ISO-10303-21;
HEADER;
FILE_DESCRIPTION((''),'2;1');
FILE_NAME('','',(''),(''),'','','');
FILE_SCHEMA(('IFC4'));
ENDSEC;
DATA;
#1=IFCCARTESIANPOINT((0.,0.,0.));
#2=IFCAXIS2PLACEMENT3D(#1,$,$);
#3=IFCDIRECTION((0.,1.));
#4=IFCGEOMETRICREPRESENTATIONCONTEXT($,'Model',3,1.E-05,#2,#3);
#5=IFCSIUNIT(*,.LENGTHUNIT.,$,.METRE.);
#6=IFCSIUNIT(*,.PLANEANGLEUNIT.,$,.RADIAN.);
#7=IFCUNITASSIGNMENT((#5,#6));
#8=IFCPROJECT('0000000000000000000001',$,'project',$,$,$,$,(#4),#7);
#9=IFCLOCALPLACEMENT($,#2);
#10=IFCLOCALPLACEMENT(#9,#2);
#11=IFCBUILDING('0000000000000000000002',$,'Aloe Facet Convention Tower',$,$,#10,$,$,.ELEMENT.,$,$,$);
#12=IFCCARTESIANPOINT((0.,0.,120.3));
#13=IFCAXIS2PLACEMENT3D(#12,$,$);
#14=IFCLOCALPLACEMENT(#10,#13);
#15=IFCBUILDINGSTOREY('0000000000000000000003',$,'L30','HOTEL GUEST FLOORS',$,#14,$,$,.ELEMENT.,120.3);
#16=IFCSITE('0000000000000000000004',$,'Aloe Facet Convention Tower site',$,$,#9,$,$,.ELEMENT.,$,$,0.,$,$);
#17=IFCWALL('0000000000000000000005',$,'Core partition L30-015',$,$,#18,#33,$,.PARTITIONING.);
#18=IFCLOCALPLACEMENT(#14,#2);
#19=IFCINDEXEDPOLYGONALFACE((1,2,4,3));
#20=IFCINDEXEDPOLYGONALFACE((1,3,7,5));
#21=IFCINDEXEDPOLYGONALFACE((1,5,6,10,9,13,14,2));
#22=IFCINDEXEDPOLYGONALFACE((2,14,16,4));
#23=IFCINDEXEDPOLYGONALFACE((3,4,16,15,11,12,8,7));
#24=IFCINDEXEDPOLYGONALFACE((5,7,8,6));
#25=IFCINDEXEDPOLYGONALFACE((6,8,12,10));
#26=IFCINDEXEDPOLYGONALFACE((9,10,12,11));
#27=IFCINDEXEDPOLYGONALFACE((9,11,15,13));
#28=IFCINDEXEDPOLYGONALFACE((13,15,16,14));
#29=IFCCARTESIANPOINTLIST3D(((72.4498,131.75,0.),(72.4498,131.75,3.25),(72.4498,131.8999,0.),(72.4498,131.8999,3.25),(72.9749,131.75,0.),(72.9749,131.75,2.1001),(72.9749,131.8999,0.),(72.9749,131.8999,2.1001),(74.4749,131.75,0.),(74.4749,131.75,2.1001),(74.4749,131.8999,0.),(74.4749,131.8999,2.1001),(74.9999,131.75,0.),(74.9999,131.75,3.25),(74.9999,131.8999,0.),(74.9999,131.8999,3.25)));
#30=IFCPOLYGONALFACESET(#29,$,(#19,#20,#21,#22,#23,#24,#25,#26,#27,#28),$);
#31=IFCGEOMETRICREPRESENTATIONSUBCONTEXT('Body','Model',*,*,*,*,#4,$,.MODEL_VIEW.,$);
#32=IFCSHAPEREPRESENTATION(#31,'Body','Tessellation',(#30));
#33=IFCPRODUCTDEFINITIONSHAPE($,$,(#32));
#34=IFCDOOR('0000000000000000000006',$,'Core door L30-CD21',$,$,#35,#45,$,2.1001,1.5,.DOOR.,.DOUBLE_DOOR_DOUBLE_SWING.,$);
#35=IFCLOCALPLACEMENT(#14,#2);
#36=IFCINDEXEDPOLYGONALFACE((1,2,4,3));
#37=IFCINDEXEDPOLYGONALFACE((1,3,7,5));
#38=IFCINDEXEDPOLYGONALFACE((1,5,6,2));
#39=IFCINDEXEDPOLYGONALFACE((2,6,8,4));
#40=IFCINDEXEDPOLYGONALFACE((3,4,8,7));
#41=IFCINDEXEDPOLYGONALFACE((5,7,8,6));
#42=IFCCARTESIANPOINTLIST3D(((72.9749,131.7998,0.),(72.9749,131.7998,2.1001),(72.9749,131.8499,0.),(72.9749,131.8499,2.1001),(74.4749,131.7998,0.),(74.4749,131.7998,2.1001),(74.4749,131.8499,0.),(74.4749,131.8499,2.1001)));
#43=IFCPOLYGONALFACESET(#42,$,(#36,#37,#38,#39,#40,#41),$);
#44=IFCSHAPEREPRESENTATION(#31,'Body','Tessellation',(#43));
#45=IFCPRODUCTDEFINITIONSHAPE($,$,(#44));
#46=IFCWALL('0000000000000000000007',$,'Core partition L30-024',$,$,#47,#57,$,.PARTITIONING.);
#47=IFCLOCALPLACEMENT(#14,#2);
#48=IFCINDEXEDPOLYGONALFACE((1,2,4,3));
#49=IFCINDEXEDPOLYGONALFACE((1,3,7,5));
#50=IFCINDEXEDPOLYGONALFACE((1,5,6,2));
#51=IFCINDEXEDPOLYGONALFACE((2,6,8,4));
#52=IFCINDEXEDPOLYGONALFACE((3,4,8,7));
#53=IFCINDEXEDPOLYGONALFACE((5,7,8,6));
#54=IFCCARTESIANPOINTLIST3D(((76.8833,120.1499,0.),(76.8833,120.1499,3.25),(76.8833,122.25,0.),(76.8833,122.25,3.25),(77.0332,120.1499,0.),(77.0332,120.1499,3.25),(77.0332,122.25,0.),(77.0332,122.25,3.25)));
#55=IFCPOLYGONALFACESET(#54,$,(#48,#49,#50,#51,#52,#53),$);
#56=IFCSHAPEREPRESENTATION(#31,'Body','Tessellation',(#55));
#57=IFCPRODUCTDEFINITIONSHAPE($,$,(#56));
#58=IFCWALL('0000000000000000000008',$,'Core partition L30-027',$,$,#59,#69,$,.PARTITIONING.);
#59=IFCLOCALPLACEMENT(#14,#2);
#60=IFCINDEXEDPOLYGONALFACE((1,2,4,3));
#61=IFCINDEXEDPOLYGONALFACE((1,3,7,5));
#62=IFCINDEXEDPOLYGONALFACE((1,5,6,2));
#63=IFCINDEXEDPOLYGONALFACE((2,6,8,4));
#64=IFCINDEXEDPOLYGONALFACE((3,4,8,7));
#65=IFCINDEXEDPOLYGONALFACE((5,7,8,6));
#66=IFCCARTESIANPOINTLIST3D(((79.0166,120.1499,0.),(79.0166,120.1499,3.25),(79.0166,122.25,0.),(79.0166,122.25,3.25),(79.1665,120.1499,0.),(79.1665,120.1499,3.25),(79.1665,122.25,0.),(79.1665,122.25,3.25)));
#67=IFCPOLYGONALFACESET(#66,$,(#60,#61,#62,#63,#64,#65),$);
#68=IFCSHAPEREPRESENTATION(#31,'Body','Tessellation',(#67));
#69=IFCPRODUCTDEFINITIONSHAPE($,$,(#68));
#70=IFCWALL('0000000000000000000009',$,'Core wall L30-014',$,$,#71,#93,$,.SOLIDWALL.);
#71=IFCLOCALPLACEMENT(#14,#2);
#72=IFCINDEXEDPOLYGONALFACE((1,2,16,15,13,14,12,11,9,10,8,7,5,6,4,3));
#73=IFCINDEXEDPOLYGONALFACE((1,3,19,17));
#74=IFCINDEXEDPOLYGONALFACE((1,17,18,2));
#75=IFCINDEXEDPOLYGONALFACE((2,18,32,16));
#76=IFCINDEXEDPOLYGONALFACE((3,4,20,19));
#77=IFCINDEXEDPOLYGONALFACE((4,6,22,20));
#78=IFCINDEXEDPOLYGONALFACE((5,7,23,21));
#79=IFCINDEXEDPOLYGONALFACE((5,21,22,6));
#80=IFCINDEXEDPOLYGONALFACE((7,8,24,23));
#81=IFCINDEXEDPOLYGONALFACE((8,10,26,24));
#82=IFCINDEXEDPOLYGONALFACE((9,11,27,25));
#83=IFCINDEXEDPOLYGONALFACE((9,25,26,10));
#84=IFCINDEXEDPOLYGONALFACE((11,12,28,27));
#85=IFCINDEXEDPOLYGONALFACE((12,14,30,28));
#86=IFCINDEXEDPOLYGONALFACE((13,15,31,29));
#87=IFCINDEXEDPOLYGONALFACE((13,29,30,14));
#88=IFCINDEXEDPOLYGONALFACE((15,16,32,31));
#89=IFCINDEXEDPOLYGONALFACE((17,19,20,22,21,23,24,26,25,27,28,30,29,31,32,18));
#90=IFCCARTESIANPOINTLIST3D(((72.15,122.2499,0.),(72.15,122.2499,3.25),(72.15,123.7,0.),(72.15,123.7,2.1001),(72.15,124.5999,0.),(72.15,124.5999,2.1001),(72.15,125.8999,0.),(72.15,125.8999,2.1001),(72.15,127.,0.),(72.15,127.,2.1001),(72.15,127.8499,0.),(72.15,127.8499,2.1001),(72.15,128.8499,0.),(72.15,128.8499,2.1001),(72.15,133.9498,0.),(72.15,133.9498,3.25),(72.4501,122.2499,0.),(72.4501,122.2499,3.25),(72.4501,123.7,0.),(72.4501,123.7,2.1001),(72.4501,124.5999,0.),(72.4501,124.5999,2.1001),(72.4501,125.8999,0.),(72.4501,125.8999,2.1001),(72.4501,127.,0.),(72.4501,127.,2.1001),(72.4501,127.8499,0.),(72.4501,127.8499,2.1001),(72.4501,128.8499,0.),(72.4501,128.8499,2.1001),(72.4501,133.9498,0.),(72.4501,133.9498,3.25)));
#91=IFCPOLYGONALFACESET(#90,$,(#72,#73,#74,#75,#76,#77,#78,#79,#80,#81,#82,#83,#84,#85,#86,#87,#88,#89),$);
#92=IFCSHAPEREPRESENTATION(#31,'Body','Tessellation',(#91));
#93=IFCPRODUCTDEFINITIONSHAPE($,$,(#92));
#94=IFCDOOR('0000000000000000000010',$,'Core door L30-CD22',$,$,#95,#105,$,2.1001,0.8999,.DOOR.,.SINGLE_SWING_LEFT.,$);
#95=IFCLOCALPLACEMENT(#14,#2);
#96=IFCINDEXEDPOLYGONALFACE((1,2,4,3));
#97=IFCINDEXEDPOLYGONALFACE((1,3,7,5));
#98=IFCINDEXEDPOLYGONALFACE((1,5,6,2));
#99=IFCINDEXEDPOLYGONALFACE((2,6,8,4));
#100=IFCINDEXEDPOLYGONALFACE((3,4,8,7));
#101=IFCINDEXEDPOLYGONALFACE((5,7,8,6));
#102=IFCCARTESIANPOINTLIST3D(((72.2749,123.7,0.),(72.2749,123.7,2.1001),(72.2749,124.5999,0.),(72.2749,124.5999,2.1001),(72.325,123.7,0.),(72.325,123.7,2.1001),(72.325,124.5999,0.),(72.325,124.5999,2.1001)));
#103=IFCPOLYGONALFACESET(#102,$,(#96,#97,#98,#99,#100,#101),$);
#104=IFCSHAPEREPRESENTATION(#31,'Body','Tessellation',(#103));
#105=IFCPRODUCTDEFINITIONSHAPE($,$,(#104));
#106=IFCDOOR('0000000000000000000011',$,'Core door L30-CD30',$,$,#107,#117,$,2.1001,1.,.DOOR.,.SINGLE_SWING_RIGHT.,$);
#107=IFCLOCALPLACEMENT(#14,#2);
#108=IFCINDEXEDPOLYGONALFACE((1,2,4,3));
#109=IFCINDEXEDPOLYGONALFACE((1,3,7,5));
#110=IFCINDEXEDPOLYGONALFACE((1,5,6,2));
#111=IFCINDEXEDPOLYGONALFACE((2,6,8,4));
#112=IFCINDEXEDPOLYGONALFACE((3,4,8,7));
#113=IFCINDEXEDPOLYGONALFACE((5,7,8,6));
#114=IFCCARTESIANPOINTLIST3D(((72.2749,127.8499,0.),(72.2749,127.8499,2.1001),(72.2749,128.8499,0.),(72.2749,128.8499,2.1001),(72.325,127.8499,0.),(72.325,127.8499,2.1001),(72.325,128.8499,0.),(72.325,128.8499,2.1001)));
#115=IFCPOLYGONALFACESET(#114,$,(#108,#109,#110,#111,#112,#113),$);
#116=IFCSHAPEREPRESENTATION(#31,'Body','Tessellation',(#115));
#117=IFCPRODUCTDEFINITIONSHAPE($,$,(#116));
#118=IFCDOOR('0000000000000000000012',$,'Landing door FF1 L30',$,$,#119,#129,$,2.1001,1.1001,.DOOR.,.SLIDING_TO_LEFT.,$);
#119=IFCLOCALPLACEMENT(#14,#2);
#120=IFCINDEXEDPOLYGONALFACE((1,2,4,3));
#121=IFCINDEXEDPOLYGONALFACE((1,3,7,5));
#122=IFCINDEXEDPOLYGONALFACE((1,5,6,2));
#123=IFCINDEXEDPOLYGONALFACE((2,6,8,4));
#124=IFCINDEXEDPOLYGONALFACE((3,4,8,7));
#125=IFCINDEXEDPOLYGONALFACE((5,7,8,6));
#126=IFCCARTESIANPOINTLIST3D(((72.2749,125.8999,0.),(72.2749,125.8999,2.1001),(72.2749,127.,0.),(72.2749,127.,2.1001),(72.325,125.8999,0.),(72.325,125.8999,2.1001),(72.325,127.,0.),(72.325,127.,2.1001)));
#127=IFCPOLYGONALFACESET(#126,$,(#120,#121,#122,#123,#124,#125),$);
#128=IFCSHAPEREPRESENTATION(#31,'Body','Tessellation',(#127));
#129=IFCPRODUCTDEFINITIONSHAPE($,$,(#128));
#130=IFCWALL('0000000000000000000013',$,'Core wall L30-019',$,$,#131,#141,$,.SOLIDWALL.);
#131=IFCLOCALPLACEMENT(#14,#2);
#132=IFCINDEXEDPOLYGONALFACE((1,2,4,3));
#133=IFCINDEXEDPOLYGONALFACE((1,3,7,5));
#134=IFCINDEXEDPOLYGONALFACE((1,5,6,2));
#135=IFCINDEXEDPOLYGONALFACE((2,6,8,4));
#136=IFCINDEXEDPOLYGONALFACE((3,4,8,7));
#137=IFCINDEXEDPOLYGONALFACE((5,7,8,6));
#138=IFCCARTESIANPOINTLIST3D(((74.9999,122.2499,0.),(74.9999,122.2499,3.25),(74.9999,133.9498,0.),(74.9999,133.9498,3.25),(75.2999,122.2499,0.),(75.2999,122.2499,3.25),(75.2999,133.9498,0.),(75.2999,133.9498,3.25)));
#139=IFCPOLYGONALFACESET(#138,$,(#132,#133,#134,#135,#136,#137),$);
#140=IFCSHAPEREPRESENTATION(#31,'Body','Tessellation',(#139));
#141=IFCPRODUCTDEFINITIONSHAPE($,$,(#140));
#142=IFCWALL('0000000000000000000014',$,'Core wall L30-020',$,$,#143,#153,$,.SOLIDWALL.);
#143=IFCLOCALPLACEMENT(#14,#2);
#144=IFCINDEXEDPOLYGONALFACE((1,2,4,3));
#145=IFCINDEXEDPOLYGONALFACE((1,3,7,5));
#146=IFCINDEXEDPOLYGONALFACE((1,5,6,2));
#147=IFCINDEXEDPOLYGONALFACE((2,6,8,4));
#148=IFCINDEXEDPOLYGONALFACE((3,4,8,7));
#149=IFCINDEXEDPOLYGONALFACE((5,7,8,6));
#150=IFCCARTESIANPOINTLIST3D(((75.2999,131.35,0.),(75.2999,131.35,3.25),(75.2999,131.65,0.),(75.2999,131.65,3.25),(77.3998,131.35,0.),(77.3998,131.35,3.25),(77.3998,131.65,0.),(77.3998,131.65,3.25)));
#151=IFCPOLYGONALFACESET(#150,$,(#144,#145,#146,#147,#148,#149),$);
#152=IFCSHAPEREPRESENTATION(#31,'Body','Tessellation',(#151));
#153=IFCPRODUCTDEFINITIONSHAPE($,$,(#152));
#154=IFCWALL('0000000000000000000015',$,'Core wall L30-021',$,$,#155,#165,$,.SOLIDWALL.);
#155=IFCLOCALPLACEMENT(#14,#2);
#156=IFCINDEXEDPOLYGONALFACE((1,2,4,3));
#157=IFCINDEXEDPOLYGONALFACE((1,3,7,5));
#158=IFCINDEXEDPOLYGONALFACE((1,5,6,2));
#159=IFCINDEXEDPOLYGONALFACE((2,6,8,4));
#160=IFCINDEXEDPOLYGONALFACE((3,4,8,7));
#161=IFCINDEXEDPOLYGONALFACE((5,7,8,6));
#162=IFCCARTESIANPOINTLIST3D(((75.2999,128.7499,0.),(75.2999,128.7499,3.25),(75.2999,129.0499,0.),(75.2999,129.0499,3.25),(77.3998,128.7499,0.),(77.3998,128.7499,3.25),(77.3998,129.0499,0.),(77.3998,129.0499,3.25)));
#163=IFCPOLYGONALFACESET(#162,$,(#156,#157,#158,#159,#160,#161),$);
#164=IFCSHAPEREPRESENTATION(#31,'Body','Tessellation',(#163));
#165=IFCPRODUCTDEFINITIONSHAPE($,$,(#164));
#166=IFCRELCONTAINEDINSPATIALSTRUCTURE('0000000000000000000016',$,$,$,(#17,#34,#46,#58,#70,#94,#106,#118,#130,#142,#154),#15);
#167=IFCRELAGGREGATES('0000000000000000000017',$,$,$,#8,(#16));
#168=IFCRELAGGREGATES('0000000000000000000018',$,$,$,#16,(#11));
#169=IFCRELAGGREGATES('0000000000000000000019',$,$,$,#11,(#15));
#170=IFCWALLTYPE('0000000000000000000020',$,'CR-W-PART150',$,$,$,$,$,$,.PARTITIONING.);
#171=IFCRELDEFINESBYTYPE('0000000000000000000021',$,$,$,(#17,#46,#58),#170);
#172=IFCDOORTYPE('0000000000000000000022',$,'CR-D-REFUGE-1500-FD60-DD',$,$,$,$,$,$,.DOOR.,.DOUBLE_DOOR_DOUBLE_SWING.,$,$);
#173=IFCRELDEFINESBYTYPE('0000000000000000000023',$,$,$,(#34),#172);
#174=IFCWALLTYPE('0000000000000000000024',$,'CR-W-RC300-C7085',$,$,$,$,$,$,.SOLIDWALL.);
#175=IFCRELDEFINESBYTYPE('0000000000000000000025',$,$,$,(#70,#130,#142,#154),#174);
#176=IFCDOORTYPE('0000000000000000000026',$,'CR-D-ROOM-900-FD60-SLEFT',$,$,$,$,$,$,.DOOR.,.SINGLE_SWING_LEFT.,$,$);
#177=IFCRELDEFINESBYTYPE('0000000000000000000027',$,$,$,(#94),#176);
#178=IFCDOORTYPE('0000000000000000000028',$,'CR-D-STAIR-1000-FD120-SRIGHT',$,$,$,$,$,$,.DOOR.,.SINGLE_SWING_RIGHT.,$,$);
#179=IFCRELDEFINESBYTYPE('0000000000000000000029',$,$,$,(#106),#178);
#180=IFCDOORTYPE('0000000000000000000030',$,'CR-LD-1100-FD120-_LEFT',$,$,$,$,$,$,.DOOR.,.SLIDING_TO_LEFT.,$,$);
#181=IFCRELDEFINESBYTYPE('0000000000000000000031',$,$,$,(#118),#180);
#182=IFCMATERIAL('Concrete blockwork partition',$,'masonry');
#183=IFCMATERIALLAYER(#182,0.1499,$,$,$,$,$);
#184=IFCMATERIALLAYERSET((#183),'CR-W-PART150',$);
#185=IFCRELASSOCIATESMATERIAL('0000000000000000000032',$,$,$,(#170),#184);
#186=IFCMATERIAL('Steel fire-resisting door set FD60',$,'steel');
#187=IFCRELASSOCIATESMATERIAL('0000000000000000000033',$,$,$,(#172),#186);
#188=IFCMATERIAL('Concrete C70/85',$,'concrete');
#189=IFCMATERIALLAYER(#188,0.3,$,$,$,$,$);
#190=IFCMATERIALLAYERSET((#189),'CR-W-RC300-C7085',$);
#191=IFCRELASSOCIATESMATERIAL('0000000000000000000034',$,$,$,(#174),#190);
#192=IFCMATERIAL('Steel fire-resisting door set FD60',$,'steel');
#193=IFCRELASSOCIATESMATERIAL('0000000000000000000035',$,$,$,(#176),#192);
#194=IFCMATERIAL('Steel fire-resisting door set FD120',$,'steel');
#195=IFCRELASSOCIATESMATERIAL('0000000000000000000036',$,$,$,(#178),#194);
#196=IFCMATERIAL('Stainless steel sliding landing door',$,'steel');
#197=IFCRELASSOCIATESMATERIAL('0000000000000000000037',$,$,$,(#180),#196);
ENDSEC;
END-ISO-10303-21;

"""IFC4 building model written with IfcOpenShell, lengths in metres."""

from ifc_helpers import new_model, si_unit, direction, frame, frame_2d, origin, place, context, subcontext, project, spatial, rectangle, extrude, material, layer, layer_set, type_object, element, fill, save


model = new_model("IFC4")

# Units and contexts
model_context = context("Model", 3, precision=1e-05, world=origin(), true_north=direction((0.0, 1.0)))
body_context = subcontext(model_context, "Body", "Model", "MODEL_VIEW")
ifc_project = project(units=[si_unit("LENGTHUNIT", "METRE"), si_unit("PLANEANGLEUNIT", "RADIAN")], contexts=[model_context])

# Site, building, storey
site_placement = place(None, origin())
site = spatial("IfcSite", under=ifc_project, at=site_placement, Name="Aloe Facet Convention Tower site", CompositionType="ELEMENT", RefElevation=0.0)
building_placement = place(site_placement, origin())
building = spatial("IfcBuilding", under=site, at=building_placement, Name="Aloe Facet Convention Tower", CompositionType="ELEMENT")
storey_placement = place(building_placement, frame((0.0, 0.0, 120.3)))
storey = spatial("IfcBuildingStorey", under=building, at=storey_placement, Name="L30", Description="HOTEL GUEST FLOORS", CompositionType="ELEMENT", Elevation=120.3)

# Wall, opening, door
ifc_material_1 = material(Name="Concrete blockwork partition", Category="masonry")
ifc_layer_1 = layer(ifc_material_1, 0.1499)
ifc_layer_set_1 = layer_set([ifc_layer_1], Name="CR-W-PART150")
wall_type_1 = type_object("IfcWallType", Name="CR-W-PART150", PredefinedType="PARTITIONING", material=ifc_layer_set_1)
wall_1_placement = place(storey_placement, frame((72.45, 131.825, 0.0), z_axis=(0.0, 0.0, 1.0), x_axis=(1.0, 0.0, 0.0)))
wall_1 = element("IfcWall", 1, at=wall_1_placement, inside=storey, type_object=wall_type_1, Name="Core partition L30-015", PredefinedType="PARTITIONING", context=body_context, shape_type="SweptSolid", body=[
    extrude(rectangle(XDim=2.55, YDim=0.1499, at=frame_2d((1.2749, 0.0))), origin(), (0.0, 0.0, 1.0), 3.25),
])
opening_1_placement = place(wall_1_placement, frame((0.5249, 0.0, 0.0)))
opening_1 = element("IfcOpeningElement", 2, at=opening_1_placement, cuts=wall_1, PredefinedType="OPENING", context=body_context, shape_type="SweptSolid", body=[
    extrude(rectangle(XDim=1.5, YDim=2.1001, at=frame_2d((0.75, 1.05))), frame((0.0, 0.085, 0.0), z_axis=(0.0, -1.0, 0.0), x_axis=(1.0, 0.0, 0.0)), (0.0, 0.0, 1.0), 0.1699),
])
ifc_material_2 = material(Name="Steel fire-resisting door set FD60", Category="steel")
door_type_1 = type_object("IfcDoorType", Name="CR-D-REFUGE-1500-FD60-DD", OperationType="DOUBLE_DOOR_DOUBLE_SWING", PredefinedType="DOOR", material=ifc_material_2)
door_1_placement = place(opening_1_placement, origin())
door_1 = element("IfcDoor", 3, at=door_1_placement, inside=storey, type_object=door_type_1, Name="Core door L30-CD21", OperationType="DOUBLE_DOOR_DOUBLE_SWING", OverallHeight=2.1001, OverallWidth=1.5, PredefinedType="DOOR", context=body_context, shape_type="SweptSolid", body=[
    extrude(rectangle(XDim=1.5, YDim=2.1001, at=frame_2d((0.75, 1.05))), frame((0.0, 0.0249, 0.0), z_axis=(0.0, -1.0, 0.0), x_axis=(1.0, 0.0, 0.0)), (0.0, 0.0, 1.0), 0.05),
])
fill(opening_1, door_1)

# Walls
for number, where, z_axis, x_axis, name in (
    (4, (76.9583, 122.25, 0.0), (0.0, 0.0, 1.0), (0.0, -1.0, 0.0), "Core partition L30-024"),
    (5, (79.0916, 122.25, 0.0), (0.0, 0.0, 1.0), (0.0, -1.0, 0.0), "Core partition L30-027"),
):
    element("IfcWall", number, at=place(storey_placement, frame(where, z_axis=z_axis, x_axis=x_axis)), inside=storey, type_object=wall_type_1, Name=name, PredefinedType="PARTITIONING", context=body_context, shape_type="SweptSolid", body=[
        extrude(rectangle(XDim=2.1001, YDim=0.1499, at=frame_2d((1.05, 0.0))), origin(), (0.0, 0.0, 1.0), 3.25),
    ])

# Wall, openings, doors
ifc_material_3 = material(Name="Concrete C70/85", Category="concrete")
ifc_layer_2 = layer(ifc_material_3, 0.3)
ifc_layer_set_2 = layer_set([ifc_layer_2], Name="CR-W-RC300-C7085")
wall_type_2 = type_object("IfcWallType", Name="CR-W-RC300-C7085", PredefinedType="SOLIDWALL", material=ifc_layer_set_2)
wall_2_placement = place(storey_placement, frame((72.3, 133.95, 0.0), z_axis=(0.0, 0.0, 1.0), x_axis=(0.0, -1.0, 0.0)))
wall_2 = element("IfcWall", 6, at=wall_2_placement, inside=storey, type_object=wall_type_2, Name="Core wall L30-014", PredefinedType="SOLIDWALL", context=body_context, shape_type="SweptSolid", body=[
    extrude(rectangle(XDim=11.7, YDim=0.3, at=frame_2d((5.8501, 0.0))), origin(), (0.0, 0.0, 1.0), 3.25),
])
opening_2_placement = place(wall_2_placement, frame((6.95, 0.0, 0.0)))
opening_2 = element("IfcOpeningElement", 7, at=opening_2_placement, cuts=wall_2, PredefinedType="OPENING", context=body_context, shape_type="SweptSolid", body=[
    extrude(rectangle(XDim=1.1001, YDim=2.1001, at=frame_2d((0.55, 1.05))), frame((0.0, 0.1602, 0.0), z_axis=(0.0, -1.0, 0.0), x_axis=(1.0, 0.0, 0.0)), (0.0, 0.0, 1.0), 0.3201),
])
opening_3_placement = place(wall_2_placement, frame((9.3501, 0.0, 0.0)))
opening_3 = element("IfcOpeningElement", 8, at=opening_3_placement, cuts=wall_2, PredefinedType="OPENING", context=body_context, shape_type="SweptSolid", body=[
    extrude(rectangle(XDim=0.8999, YDim=2.1001, at=frame_2d((0.45, 1.05))), frame((0.0, 0.1602, 0.0), z_axis=(0.0, -1.0, 0.0), x_axis=(1.0, 0.0, 0.0)), (0.0, 0.0, 1.0), 0.3201),
])
opening_4_placement = place(wall_2_placement, frame((5.1001, 0.0, 0.0)))
opening_4 = element("IfcOpeningElement", 9, at=opening_4_placement, cuts=wall_2, PredefinedType="OPENING", context=body_context, shape_type="SweptSolid", body=[
    extrude(rectangle(XDim=1.0, YDim=2.1001, at=frame_2d((0.5, 1.05))), frame((0.0, 0.1602, 0.0), z_axis=(0.0, -1.0, 0.0), x_axis=(1.0, 0.0, 0.0)), (0.0, 0.0, 1.0), 0.3201),
])
ifc_material_4 = material(Name="Steel fire-resisting door set FD60", Category="steel")
door_type_2 = type_object("IfcDoorType", Name="CR-D-ROOM-900-FD60-SLEFT", OperationType="SINGLE_SWING_LEFT", PredefinedType="DOOR", material=ifc_material_4)
door_2_placement = place(opening_3_placement, origin())
door_2 = element("IfcDoor", 10, at=door_2_placement, inside=storey, type_object=door_type_2, Name="Core door L30-CD22", OperationType="SINGLE_SWING_LEFT", OverallHeight=2.1001, OverallWidth=0.8999, PredefinedType="DOOR", context=body_context, shape_type="SweptSolid", body=[
    extrude(rectangle(XDim=0.8999, YDim=2.1001, at=frame_2d((0.45, 1.05))), frame((0.0, 0.0249, 0.0), z_axis=(0.0, -1.0, 0.0), x_axis=(1.0, 0.0, 0.0)), (0.0, 0.0, 1.0), 0.05),
])
fill(opening_3, door_2)
ifc_material_5 = material(Name="Steel fire-resisting door set FD120", Category="steel")
door_type_3 = type_object("IfcDoorType", Name="CR-D-STAIR-1000-FD120-SRIGHT", OperationType="SINGLE_SWING_RIGHT", PredefinedType="DOOR", material=ifc_material_5)
door_3_placement = place(opening_4_placement, origin())
door_3 = element("IfcDoor", 11, at=door_3_placement, inside=storey, type_object=door_type_3, Name="Core door L30-CD30", OperationType="SINGLE_SWING_RIGHT", OverallHeight=2.1001, OverallWidth=1.0, PredefinedType="DOOR", context=body_context, shape_type="SweptSolid", body=[
    extrude(rectangle(XDim=1.0, YDim=2.1001, at=frame_2d((0.5, 1.05))), frame((0.0, 0.0249, 0.0), z_axis=(0.0, -1.0, 0.0), x_axis=(1.0, 0.0, 0.0)), (0.0, 0.0, 1.0), 0.05),
])
fill(opening_4, door_3)
ifc_material_6 = material(Name="Stainless steel sliding landing door", Category="steel")
door_type_4 = type_object("IfcDoorType", Name="CR-LD-1100-FD120-_LEFT", OperationType="SLIDING_TO_LEFT", PredefinedType="DOOR", material=ifc_material_6)
door_4_placement = place(opening_2_placement, origin())
door_4 = element("IfcDoor", 12, at=door_4_placement, inside=storey, type_object=door_type_4, Name="Landing door FF1 L30", OperationType="SLIDING_TO_LEFT", OverallHeight=2.1001, OverallWidth=1.1001, PredefinedType="DOOR", context=body_context, shape_type="SweptSolid", body=[
    extrude(rectangle(XDim=1.1001, YDim=2.1001, at=frame_2d((0.55, 1.05))), frame((0.0, 0.0249, 0.0), z_axis=(0.0, -1.0, 0.0), x_axis=(1.0, 0.0, 0.0)), (0.0, 0.0, 1.0), 0.05),
])
fill(opening_2, door_4)

# Walls
wall_3_placement = place(storey_placement, frame((75.1499, 133.95, 0.0), z_axis=(0.0, 0.0, 1.0), x_axis=(0.0, -1.0, 0.0)))
element("IfcWall", 13, at=wall_3_placement, inside=storey, type_object=wall_type_2, Name="Core wall L30-019", PredefinedType="SOLIDWALL", context=body_context, shape_type="SweptSolid", body=[
    extrude(rectangle(XDim=11.7, YDim=0.3, at=frame_2d((5.8501, 0.0))), origin(), (0.0, 0.0, 1.0), 3.25),
])
for number, where, z_axis, x_axis, name in (
    (14, (75.3, 131.5, 0.0), (0.0, 0.0, 1.0), (1.0, 0.0, 0.0), "Core wall L30-020"),
    (15, (75.3, 128.8999, 0.0), (0.0, 0.0, 1.0), (1.0, 0.0, 0.0), "Core wall L30-021"),
):
    element("IfcWall", number, at=place(storey_placement, frame(where, z_axis=z_axis, x_axis=x_axis)), inside=storey, type_object=wall_type_2, Name=name, PredefinedType="SOLIDWALL", context=body_context, shape_type="SweptSolid", body=[
        extrude(rectangle(XDim=2.0999, YDim=0.3, at=frame_2d((1.0498, 0.0))), origin(), (0.0, 0.0, 1.0), 3.25),
    ])

save(model, "model.ifc")
